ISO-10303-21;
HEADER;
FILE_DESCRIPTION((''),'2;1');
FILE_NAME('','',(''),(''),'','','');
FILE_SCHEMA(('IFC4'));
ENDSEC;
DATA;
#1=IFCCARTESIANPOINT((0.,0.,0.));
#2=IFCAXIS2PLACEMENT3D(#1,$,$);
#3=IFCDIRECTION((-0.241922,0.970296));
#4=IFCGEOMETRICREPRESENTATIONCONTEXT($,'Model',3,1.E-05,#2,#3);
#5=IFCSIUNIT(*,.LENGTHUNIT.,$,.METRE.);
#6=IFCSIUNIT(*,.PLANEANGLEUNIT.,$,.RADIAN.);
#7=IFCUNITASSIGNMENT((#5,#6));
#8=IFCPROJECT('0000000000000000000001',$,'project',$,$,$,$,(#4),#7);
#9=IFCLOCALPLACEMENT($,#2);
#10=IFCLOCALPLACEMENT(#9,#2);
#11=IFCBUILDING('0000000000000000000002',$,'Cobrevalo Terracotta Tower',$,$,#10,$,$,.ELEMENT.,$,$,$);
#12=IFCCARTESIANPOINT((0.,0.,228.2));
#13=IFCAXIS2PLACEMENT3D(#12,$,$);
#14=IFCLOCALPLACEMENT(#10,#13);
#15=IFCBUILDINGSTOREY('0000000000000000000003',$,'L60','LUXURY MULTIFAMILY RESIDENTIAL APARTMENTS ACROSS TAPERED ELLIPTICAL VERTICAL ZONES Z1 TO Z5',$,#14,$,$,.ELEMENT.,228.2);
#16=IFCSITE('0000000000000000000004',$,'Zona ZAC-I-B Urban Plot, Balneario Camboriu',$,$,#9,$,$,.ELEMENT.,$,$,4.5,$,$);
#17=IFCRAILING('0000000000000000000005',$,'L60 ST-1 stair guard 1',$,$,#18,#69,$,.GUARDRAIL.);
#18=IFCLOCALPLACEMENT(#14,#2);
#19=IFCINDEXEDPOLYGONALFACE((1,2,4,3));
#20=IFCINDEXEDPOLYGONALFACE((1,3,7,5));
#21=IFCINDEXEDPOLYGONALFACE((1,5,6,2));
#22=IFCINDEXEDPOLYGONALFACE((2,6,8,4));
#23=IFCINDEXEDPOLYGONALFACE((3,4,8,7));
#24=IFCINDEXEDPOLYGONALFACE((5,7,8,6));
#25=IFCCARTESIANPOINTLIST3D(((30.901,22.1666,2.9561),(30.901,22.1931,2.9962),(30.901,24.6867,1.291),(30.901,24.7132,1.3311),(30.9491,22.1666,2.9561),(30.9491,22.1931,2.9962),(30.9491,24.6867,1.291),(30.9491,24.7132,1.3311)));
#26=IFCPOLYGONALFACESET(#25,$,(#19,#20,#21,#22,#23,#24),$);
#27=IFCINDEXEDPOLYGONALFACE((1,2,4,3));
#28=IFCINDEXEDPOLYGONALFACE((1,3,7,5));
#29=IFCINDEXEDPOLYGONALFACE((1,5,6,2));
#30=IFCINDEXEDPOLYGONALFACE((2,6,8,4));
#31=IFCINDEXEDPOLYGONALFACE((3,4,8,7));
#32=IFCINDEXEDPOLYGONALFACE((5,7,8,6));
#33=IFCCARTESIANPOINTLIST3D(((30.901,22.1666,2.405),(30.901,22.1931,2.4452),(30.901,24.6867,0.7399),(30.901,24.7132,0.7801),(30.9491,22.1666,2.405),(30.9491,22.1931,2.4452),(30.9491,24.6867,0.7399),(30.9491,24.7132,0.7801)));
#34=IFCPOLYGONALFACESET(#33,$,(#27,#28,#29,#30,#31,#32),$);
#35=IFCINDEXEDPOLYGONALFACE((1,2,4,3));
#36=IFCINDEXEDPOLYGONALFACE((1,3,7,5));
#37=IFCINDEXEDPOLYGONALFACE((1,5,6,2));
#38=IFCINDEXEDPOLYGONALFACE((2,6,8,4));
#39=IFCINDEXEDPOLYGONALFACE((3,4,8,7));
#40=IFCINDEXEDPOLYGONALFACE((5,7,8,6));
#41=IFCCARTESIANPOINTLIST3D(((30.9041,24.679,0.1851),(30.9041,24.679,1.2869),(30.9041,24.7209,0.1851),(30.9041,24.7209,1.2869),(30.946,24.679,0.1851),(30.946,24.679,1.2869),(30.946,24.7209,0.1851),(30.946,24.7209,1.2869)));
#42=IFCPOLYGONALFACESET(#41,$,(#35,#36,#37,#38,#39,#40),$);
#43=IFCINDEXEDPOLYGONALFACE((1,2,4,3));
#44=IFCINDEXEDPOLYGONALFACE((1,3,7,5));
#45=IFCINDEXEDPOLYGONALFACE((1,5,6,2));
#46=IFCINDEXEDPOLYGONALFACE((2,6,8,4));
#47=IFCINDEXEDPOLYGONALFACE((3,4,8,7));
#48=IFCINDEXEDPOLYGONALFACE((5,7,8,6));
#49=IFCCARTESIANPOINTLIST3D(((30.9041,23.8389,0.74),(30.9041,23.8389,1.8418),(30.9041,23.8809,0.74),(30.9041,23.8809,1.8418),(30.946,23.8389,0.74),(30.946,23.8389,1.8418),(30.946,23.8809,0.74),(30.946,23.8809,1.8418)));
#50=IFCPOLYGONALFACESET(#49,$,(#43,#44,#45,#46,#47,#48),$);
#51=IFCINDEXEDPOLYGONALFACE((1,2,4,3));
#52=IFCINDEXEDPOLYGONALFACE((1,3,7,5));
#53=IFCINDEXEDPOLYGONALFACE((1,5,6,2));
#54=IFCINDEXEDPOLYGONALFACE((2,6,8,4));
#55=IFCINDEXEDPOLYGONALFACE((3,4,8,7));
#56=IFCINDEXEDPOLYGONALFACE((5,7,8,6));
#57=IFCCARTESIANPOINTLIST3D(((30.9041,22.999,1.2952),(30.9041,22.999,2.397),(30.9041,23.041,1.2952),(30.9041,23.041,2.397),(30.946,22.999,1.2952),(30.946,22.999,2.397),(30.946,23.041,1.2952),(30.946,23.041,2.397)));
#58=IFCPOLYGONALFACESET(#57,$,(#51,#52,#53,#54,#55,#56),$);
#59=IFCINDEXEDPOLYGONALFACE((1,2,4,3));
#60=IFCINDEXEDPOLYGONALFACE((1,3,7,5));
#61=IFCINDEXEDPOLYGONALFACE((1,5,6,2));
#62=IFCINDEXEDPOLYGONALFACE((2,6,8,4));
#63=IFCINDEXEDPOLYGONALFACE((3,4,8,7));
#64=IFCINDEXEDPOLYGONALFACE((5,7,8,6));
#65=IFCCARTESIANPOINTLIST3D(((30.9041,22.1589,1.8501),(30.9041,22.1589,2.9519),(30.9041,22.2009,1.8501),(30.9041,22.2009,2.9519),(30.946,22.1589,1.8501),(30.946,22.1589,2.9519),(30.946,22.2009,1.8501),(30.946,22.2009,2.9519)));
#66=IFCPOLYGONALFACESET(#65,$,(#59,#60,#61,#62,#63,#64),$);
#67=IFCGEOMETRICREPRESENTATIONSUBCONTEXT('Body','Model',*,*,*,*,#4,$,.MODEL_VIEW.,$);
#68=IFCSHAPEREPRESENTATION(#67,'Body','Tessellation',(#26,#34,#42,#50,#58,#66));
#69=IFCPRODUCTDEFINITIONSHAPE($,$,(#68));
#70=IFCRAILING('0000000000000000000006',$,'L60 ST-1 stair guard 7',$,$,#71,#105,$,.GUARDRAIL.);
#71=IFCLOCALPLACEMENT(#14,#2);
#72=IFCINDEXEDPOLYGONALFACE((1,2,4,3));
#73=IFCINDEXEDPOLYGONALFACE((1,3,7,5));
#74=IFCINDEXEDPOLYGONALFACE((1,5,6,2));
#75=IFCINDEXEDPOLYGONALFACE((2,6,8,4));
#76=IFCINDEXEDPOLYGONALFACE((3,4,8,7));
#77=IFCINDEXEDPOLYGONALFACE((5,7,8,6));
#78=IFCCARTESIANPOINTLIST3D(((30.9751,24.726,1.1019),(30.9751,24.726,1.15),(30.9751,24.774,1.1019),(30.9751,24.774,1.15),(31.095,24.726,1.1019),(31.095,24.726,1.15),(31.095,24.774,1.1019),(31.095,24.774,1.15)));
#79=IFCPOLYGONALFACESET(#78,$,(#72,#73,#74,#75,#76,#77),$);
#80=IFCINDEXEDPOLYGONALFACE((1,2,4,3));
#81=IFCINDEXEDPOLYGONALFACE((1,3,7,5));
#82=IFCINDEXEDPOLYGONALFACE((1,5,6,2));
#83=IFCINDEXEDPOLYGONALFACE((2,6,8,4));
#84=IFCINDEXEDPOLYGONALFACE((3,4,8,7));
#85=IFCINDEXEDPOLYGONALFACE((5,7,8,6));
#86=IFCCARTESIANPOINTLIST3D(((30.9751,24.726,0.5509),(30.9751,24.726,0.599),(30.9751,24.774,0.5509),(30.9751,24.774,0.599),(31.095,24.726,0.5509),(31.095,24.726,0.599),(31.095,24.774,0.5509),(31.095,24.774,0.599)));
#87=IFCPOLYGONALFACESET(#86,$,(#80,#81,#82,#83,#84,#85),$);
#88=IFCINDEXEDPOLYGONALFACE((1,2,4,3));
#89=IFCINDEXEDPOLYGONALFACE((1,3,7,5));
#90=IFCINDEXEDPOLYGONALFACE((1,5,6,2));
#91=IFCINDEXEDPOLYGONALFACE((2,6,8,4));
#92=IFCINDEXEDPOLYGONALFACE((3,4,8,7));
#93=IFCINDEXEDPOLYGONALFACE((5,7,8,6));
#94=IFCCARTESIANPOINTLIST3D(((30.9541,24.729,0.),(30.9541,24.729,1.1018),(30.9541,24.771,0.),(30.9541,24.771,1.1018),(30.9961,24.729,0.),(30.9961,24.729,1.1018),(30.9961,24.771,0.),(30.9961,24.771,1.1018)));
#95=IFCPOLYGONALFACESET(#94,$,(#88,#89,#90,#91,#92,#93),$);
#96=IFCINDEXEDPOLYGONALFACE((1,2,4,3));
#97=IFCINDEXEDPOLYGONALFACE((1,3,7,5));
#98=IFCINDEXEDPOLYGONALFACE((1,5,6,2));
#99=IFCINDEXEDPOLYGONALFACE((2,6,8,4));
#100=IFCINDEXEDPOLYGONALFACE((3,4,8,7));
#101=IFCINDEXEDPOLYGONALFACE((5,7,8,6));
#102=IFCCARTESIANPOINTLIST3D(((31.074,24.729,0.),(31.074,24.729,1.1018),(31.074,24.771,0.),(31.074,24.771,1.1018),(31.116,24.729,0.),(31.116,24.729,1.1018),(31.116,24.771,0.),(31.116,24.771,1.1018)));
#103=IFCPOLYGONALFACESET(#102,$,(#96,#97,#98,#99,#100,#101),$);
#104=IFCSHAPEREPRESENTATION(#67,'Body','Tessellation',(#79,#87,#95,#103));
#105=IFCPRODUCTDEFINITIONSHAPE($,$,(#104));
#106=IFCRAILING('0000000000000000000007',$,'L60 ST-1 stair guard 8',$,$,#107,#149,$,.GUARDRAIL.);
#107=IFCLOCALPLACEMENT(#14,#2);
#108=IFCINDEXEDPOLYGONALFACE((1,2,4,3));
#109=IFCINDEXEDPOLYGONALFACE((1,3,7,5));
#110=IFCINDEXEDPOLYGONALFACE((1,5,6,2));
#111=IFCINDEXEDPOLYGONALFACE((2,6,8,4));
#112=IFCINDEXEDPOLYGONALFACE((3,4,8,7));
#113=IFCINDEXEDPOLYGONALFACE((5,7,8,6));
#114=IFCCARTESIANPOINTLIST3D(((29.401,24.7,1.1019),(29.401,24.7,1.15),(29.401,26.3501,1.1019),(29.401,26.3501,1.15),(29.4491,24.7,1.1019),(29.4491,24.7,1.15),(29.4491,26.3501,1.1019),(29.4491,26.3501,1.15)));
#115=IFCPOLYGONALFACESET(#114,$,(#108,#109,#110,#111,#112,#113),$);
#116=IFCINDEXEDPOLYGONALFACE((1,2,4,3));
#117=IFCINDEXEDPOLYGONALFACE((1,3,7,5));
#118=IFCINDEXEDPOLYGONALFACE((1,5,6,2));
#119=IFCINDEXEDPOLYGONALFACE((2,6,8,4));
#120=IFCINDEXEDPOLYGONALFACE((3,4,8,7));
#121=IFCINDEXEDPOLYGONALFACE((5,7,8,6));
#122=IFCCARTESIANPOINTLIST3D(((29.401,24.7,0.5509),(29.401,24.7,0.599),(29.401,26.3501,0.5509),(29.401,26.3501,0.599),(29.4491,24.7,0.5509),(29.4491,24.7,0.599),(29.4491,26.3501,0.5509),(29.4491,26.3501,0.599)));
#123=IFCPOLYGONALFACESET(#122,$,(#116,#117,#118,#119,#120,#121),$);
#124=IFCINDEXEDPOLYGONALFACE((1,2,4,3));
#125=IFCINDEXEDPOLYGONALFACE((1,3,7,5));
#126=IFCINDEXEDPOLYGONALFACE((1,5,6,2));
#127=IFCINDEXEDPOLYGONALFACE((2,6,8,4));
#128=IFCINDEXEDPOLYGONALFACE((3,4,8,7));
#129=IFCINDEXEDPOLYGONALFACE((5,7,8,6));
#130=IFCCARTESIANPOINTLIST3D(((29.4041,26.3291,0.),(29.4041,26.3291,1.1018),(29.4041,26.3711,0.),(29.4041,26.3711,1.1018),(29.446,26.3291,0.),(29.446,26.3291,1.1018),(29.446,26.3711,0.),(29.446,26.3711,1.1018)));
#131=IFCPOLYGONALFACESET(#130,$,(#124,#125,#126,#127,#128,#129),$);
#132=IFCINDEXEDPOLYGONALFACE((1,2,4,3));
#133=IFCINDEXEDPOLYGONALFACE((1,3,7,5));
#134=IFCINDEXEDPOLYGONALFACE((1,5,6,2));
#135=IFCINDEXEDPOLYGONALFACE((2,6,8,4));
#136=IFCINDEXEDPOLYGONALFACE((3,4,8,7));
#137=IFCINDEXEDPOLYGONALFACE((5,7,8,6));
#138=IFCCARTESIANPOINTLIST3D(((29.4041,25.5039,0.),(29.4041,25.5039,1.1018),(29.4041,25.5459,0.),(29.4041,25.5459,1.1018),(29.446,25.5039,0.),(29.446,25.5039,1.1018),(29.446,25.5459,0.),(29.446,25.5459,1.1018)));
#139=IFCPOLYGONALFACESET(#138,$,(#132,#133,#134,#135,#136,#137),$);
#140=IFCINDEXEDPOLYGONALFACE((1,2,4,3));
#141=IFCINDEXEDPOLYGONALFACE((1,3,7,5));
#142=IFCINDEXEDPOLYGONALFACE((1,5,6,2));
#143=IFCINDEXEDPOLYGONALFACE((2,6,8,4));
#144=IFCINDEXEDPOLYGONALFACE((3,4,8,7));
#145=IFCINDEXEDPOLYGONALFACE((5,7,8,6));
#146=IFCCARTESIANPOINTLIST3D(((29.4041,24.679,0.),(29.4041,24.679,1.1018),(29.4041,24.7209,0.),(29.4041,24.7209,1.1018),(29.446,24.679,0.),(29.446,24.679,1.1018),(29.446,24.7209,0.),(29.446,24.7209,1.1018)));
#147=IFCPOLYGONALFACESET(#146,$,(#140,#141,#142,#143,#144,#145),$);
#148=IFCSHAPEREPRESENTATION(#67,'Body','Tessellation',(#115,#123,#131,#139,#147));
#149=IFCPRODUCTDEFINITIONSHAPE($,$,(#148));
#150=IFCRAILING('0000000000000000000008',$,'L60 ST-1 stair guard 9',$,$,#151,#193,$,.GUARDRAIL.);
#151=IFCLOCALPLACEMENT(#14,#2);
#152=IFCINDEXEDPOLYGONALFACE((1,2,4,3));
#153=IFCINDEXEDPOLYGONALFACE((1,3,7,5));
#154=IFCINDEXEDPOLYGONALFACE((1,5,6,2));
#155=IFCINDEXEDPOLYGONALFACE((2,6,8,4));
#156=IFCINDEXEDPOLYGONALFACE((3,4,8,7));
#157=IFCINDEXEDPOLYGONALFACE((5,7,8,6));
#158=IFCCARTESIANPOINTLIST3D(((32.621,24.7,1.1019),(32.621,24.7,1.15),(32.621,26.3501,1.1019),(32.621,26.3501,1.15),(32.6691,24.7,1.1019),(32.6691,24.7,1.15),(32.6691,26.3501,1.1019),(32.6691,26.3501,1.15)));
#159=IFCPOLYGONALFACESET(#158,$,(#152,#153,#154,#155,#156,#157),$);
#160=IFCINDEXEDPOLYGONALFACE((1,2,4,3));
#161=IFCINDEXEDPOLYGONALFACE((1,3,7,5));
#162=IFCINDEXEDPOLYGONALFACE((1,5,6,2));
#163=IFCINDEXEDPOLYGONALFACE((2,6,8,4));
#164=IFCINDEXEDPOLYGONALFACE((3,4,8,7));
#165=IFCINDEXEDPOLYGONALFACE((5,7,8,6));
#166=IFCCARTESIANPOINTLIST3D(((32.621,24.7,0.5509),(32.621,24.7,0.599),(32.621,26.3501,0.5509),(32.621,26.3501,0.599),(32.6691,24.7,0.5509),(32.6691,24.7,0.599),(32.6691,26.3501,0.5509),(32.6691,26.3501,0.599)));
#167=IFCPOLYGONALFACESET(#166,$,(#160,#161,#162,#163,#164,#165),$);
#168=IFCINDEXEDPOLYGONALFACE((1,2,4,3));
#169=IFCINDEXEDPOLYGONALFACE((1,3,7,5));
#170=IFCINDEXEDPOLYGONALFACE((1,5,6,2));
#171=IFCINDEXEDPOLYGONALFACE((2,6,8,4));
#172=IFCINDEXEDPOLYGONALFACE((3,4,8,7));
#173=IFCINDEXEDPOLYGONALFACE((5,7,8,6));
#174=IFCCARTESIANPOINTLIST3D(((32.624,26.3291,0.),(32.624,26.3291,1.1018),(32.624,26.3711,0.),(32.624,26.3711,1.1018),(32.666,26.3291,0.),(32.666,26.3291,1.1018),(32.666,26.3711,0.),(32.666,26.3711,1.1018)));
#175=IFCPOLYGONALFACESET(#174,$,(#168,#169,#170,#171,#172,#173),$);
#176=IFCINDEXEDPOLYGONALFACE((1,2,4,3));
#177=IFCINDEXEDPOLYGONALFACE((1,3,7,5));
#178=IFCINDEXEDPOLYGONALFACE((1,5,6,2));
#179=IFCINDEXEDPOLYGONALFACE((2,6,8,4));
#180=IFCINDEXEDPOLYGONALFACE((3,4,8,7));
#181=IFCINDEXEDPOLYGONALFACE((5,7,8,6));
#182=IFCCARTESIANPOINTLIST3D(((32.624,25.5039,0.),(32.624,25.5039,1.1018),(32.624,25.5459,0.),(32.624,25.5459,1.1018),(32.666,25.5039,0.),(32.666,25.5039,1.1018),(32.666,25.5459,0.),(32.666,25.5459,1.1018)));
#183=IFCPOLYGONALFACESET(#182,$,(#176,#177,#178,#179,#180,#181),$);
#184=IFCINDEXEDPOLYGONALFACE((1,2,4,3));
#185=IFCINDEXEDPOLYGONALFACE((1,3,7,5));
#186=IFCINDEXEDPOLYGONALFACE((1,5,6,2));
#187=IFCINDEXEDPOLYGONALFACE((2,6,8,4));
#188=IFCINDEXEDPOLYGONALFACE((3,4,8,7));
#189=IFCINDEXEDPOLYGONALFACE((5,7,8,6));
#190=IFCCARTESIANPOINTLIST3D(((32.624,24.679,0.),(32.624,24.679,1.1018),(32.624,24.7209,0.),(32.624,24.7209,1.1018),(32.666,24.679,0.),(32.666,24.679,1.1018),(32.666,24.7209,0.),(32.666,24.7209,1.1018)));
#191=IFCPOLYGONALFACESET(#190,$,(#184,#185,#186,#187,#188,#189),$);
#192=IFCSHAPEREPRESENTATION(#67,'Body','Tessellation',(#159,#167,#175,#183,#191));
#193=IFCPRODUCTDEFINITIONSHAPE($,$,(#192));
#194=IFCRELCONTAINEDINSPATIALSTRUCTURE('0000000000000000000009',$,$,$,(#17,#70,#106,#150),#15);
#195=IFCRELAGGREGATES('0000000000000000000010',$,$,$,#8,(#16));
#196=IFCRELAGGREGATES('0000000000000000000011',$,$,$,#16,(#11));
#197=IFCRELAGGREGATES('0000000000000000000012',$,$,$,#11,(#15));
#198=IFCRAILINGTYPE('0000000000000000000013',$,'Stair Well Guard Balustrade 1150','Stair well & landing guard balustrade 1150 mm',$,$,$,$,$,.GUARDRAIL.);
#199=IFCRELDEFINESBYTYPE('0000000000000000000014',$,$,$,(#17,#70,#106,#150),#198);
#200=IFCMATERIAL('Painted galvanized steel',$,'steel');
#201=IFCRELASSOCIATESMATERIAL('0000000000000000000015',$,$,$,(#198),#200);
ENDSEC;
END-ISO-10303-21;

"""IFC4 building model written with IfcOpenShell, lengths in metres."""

from ifc_helpers import new_model, si_unit, direction, frame, origin, origin_2d, place, context, subcontext, project, spatial, rectangle, extrude, material, type_object, element, save


model = new_model("IFC4")

# Units and contexts
model_context = context("Model", 3, precision=1e-05, world=origin(), true_north=direction((-0.241922, 0.970296)))
body_context = subcontext(model_context, "Body", "Model", "MODEL_VIEW")
ifc_project = project(units=[si_unit("LENGTHUNIT", "METRE"), si_unit("PLANEANGLEUNIT", "RADIAN")], contexts=[model_context])

# Site, building, storey
site_placement = place(None, origin())
site = spatial("IfcSite", under=ifc_project, at=site_placement, Name="Zona ZAC-I-B Urban Plot, Balneario Camboriu", CompositionType="ELEMENT", RefElevation=4.5)
building_placement = place(site_placement, origin())
building = spatial("IfcBuilding", under=site, at=building_placement, Name="Cobrevalo Terracotta Tower", CompositionType="ELEMENT")
storey_placement = place(building_placement, frame((0.0, 0.0, 228.2)))
storey = spatial("IfcBuildingStorey", under=building, at=storey_placement, Name="L60", Description="LUXURY MULTIFAMILY RESIDENTIAL APARTMENTS ACROSS TAPERED ELLIPTICAL VERTICAL ZONES Z1 TO Z5", CompositionType="ELEMENT", Elevation=228.2)

# Railings
ifc_material_1 = material(Name="Painted galvanized steel", Category="steel")
railing_type_1 = type_object("IfcRailingType", Name="Stair Well Guard Balustrade 1150", Description="Stair well & landing guard balustrade 1150 mm", PredefinedType="GUARDRAIL", material=ifc_material_1)
railing_1_placement = place(storey_placement, frame((30.925, 24.7, 0.1851)))
element("IfcRailing", 1, at=railing_1_placement, inside=storey, type_object=railing_type_1, Name="L60 ST-1 stair guard 1", PredefinedType="GUARDRAIL", context=body_context, shape_type="SweptSolid", body=[
    extrude(rectangle(XDim=0.0481, YDim=0.0481, at=origin_2d()), frame((0.0, 0.0, 1.126), z_axis=(0.0, -0.834331, 0.551263), x_axis=(1.0, 0.0, 0.0)), (0.0, 0.0, 1.0), 3.0205),
    extrude(rectangle(XDim=0.0481, YDim=0.0481, at=origin_2d()), frame((0.0, 0.0, 0.575), z_axis=(0.0, -0.834331, 0.551263), x_axis=(1.0, 0.0, 0.0)), (0.0, 0.0, 1.0), 3.0205),
    extrude(rectangle(XDim=0.042, YDim=0.042, at=origin_2d()), origin(), (0.0, 0.0, 1.0), 1.1018),
    extrude(rectangle(XDim=0.042, YDim=0.042, at=origin_2d()), frame((0.0, -0.8401, 0.5549)), (0.0, 0.0, 1.0), 1.1018),
    extrude(rectangle(XDim=0.042, YDim=0.042, at=origin_2d()), frame((0.0, -1.6799, 1.1101)), (0.0, 0.0, 1.0), 1.1018),
    extrude(rectangle(XDim=0.042, YDim=0.042, at=origin_2d()), frame((0.0, -2.52, 1.665)), (0.0, 0.0, 1.0), 1.1018),
])
railing_2_placement = place(storey_placement, frame((30.9751, 24.75, 0.0)))
element("IfcRailing", 2, at=railing_2_placement, inside=storey, type_object=railing_type_1, Name="L60 ST-1 stair guard 7", PredefinedType="GUARDRAIL", context=body_context, shape_type="SweptSolid", body=[
    extrude(rectangle(XDim=0.0481, YDim=0.0481, at=origin_2d()), frame((0.0, 0.0, 1.126), z_axis=(1.0, 0.0, 0.0), x_axis=(0.0, 1.0, 0.0)), (0.0, 0.0, 1.0), 0.1199),
    extrude(rectangle(XDim=0.0481, YDim=0.0481, at=origin_2d()), frame((0.0, 0.0, 0.575), z_axis=(1.0, 0.0, 0.0), x_axis=(0.0, 1.0, 0.0)), (0.0, 0.0, 1.0), 0.1199),
    extrude(rectangle(XDim=0.042, YDim=0.042, at=origin_2d()), origin(), (0.0, 0.0, 1.0), 1.1018),
    extrude(rectangle(XDim=0.042, YDim=0.042, at=origin_2d()), frame((0.1199, 0.0, 0.0)), (0.0, 0.0, 1.0), 1.1018),
])
for number, where, name in (
    (3, (29.425, 26.3501, 0.0), "L60 ST-1 stair guard 8"),
    (4, (32.645, 26.3501, 0.0), "L60 ST-1 stair guard 9"),
):
    element("IfcRailing", number, at=place(storey_placement, frame(where)), inside=storey, type_object=railing_type_1, Name=name, PredefinedType="GUARDRAIL", context=body_context, shape_type="SweptSolid", body=[
        extrude(rectangle(XDim=0.0481, YDim=0.0481, at=origin_2d()), frame((0.0, 0.0, 1.126), z_axis=(0.0, -1.0, 0.0), x_axis=(1.0, 0.0, 0.0)), (0.0, 0.0, 1.0), 1.6501),
        extrude(rectangle(XDim=0.0481, YDim=0.0481, at=origin_2d()), frame((0.0, 0.0, 0.575), z_axis=(0.0, -1.0, 0.0), x_axis=(1.0, 0.0, 0.0)), (0.0, 0.0, 1.0), 1.6501),
        extrude(rectangle(XDim=0.042, YDim=0.042, at=origin_2d()), origin(), (0.0, 0.0, 1.0), 1.1018),
        extrude(rectangle(XDim=0.042, YDim=0.042, at=origin_2d()), frame((0.0, -0.8252, 0.0)), (0.0, 0.0, 1.0), 1.1018),
        extrude(rectangle(XDim=0.042, YDim=0.042, at=origin_2d()), frame((0.0, -1.6501, 0.0)), (0.0, 0.0, 1.0), 1.1018),
    ])

save(model, "model.ifc")
